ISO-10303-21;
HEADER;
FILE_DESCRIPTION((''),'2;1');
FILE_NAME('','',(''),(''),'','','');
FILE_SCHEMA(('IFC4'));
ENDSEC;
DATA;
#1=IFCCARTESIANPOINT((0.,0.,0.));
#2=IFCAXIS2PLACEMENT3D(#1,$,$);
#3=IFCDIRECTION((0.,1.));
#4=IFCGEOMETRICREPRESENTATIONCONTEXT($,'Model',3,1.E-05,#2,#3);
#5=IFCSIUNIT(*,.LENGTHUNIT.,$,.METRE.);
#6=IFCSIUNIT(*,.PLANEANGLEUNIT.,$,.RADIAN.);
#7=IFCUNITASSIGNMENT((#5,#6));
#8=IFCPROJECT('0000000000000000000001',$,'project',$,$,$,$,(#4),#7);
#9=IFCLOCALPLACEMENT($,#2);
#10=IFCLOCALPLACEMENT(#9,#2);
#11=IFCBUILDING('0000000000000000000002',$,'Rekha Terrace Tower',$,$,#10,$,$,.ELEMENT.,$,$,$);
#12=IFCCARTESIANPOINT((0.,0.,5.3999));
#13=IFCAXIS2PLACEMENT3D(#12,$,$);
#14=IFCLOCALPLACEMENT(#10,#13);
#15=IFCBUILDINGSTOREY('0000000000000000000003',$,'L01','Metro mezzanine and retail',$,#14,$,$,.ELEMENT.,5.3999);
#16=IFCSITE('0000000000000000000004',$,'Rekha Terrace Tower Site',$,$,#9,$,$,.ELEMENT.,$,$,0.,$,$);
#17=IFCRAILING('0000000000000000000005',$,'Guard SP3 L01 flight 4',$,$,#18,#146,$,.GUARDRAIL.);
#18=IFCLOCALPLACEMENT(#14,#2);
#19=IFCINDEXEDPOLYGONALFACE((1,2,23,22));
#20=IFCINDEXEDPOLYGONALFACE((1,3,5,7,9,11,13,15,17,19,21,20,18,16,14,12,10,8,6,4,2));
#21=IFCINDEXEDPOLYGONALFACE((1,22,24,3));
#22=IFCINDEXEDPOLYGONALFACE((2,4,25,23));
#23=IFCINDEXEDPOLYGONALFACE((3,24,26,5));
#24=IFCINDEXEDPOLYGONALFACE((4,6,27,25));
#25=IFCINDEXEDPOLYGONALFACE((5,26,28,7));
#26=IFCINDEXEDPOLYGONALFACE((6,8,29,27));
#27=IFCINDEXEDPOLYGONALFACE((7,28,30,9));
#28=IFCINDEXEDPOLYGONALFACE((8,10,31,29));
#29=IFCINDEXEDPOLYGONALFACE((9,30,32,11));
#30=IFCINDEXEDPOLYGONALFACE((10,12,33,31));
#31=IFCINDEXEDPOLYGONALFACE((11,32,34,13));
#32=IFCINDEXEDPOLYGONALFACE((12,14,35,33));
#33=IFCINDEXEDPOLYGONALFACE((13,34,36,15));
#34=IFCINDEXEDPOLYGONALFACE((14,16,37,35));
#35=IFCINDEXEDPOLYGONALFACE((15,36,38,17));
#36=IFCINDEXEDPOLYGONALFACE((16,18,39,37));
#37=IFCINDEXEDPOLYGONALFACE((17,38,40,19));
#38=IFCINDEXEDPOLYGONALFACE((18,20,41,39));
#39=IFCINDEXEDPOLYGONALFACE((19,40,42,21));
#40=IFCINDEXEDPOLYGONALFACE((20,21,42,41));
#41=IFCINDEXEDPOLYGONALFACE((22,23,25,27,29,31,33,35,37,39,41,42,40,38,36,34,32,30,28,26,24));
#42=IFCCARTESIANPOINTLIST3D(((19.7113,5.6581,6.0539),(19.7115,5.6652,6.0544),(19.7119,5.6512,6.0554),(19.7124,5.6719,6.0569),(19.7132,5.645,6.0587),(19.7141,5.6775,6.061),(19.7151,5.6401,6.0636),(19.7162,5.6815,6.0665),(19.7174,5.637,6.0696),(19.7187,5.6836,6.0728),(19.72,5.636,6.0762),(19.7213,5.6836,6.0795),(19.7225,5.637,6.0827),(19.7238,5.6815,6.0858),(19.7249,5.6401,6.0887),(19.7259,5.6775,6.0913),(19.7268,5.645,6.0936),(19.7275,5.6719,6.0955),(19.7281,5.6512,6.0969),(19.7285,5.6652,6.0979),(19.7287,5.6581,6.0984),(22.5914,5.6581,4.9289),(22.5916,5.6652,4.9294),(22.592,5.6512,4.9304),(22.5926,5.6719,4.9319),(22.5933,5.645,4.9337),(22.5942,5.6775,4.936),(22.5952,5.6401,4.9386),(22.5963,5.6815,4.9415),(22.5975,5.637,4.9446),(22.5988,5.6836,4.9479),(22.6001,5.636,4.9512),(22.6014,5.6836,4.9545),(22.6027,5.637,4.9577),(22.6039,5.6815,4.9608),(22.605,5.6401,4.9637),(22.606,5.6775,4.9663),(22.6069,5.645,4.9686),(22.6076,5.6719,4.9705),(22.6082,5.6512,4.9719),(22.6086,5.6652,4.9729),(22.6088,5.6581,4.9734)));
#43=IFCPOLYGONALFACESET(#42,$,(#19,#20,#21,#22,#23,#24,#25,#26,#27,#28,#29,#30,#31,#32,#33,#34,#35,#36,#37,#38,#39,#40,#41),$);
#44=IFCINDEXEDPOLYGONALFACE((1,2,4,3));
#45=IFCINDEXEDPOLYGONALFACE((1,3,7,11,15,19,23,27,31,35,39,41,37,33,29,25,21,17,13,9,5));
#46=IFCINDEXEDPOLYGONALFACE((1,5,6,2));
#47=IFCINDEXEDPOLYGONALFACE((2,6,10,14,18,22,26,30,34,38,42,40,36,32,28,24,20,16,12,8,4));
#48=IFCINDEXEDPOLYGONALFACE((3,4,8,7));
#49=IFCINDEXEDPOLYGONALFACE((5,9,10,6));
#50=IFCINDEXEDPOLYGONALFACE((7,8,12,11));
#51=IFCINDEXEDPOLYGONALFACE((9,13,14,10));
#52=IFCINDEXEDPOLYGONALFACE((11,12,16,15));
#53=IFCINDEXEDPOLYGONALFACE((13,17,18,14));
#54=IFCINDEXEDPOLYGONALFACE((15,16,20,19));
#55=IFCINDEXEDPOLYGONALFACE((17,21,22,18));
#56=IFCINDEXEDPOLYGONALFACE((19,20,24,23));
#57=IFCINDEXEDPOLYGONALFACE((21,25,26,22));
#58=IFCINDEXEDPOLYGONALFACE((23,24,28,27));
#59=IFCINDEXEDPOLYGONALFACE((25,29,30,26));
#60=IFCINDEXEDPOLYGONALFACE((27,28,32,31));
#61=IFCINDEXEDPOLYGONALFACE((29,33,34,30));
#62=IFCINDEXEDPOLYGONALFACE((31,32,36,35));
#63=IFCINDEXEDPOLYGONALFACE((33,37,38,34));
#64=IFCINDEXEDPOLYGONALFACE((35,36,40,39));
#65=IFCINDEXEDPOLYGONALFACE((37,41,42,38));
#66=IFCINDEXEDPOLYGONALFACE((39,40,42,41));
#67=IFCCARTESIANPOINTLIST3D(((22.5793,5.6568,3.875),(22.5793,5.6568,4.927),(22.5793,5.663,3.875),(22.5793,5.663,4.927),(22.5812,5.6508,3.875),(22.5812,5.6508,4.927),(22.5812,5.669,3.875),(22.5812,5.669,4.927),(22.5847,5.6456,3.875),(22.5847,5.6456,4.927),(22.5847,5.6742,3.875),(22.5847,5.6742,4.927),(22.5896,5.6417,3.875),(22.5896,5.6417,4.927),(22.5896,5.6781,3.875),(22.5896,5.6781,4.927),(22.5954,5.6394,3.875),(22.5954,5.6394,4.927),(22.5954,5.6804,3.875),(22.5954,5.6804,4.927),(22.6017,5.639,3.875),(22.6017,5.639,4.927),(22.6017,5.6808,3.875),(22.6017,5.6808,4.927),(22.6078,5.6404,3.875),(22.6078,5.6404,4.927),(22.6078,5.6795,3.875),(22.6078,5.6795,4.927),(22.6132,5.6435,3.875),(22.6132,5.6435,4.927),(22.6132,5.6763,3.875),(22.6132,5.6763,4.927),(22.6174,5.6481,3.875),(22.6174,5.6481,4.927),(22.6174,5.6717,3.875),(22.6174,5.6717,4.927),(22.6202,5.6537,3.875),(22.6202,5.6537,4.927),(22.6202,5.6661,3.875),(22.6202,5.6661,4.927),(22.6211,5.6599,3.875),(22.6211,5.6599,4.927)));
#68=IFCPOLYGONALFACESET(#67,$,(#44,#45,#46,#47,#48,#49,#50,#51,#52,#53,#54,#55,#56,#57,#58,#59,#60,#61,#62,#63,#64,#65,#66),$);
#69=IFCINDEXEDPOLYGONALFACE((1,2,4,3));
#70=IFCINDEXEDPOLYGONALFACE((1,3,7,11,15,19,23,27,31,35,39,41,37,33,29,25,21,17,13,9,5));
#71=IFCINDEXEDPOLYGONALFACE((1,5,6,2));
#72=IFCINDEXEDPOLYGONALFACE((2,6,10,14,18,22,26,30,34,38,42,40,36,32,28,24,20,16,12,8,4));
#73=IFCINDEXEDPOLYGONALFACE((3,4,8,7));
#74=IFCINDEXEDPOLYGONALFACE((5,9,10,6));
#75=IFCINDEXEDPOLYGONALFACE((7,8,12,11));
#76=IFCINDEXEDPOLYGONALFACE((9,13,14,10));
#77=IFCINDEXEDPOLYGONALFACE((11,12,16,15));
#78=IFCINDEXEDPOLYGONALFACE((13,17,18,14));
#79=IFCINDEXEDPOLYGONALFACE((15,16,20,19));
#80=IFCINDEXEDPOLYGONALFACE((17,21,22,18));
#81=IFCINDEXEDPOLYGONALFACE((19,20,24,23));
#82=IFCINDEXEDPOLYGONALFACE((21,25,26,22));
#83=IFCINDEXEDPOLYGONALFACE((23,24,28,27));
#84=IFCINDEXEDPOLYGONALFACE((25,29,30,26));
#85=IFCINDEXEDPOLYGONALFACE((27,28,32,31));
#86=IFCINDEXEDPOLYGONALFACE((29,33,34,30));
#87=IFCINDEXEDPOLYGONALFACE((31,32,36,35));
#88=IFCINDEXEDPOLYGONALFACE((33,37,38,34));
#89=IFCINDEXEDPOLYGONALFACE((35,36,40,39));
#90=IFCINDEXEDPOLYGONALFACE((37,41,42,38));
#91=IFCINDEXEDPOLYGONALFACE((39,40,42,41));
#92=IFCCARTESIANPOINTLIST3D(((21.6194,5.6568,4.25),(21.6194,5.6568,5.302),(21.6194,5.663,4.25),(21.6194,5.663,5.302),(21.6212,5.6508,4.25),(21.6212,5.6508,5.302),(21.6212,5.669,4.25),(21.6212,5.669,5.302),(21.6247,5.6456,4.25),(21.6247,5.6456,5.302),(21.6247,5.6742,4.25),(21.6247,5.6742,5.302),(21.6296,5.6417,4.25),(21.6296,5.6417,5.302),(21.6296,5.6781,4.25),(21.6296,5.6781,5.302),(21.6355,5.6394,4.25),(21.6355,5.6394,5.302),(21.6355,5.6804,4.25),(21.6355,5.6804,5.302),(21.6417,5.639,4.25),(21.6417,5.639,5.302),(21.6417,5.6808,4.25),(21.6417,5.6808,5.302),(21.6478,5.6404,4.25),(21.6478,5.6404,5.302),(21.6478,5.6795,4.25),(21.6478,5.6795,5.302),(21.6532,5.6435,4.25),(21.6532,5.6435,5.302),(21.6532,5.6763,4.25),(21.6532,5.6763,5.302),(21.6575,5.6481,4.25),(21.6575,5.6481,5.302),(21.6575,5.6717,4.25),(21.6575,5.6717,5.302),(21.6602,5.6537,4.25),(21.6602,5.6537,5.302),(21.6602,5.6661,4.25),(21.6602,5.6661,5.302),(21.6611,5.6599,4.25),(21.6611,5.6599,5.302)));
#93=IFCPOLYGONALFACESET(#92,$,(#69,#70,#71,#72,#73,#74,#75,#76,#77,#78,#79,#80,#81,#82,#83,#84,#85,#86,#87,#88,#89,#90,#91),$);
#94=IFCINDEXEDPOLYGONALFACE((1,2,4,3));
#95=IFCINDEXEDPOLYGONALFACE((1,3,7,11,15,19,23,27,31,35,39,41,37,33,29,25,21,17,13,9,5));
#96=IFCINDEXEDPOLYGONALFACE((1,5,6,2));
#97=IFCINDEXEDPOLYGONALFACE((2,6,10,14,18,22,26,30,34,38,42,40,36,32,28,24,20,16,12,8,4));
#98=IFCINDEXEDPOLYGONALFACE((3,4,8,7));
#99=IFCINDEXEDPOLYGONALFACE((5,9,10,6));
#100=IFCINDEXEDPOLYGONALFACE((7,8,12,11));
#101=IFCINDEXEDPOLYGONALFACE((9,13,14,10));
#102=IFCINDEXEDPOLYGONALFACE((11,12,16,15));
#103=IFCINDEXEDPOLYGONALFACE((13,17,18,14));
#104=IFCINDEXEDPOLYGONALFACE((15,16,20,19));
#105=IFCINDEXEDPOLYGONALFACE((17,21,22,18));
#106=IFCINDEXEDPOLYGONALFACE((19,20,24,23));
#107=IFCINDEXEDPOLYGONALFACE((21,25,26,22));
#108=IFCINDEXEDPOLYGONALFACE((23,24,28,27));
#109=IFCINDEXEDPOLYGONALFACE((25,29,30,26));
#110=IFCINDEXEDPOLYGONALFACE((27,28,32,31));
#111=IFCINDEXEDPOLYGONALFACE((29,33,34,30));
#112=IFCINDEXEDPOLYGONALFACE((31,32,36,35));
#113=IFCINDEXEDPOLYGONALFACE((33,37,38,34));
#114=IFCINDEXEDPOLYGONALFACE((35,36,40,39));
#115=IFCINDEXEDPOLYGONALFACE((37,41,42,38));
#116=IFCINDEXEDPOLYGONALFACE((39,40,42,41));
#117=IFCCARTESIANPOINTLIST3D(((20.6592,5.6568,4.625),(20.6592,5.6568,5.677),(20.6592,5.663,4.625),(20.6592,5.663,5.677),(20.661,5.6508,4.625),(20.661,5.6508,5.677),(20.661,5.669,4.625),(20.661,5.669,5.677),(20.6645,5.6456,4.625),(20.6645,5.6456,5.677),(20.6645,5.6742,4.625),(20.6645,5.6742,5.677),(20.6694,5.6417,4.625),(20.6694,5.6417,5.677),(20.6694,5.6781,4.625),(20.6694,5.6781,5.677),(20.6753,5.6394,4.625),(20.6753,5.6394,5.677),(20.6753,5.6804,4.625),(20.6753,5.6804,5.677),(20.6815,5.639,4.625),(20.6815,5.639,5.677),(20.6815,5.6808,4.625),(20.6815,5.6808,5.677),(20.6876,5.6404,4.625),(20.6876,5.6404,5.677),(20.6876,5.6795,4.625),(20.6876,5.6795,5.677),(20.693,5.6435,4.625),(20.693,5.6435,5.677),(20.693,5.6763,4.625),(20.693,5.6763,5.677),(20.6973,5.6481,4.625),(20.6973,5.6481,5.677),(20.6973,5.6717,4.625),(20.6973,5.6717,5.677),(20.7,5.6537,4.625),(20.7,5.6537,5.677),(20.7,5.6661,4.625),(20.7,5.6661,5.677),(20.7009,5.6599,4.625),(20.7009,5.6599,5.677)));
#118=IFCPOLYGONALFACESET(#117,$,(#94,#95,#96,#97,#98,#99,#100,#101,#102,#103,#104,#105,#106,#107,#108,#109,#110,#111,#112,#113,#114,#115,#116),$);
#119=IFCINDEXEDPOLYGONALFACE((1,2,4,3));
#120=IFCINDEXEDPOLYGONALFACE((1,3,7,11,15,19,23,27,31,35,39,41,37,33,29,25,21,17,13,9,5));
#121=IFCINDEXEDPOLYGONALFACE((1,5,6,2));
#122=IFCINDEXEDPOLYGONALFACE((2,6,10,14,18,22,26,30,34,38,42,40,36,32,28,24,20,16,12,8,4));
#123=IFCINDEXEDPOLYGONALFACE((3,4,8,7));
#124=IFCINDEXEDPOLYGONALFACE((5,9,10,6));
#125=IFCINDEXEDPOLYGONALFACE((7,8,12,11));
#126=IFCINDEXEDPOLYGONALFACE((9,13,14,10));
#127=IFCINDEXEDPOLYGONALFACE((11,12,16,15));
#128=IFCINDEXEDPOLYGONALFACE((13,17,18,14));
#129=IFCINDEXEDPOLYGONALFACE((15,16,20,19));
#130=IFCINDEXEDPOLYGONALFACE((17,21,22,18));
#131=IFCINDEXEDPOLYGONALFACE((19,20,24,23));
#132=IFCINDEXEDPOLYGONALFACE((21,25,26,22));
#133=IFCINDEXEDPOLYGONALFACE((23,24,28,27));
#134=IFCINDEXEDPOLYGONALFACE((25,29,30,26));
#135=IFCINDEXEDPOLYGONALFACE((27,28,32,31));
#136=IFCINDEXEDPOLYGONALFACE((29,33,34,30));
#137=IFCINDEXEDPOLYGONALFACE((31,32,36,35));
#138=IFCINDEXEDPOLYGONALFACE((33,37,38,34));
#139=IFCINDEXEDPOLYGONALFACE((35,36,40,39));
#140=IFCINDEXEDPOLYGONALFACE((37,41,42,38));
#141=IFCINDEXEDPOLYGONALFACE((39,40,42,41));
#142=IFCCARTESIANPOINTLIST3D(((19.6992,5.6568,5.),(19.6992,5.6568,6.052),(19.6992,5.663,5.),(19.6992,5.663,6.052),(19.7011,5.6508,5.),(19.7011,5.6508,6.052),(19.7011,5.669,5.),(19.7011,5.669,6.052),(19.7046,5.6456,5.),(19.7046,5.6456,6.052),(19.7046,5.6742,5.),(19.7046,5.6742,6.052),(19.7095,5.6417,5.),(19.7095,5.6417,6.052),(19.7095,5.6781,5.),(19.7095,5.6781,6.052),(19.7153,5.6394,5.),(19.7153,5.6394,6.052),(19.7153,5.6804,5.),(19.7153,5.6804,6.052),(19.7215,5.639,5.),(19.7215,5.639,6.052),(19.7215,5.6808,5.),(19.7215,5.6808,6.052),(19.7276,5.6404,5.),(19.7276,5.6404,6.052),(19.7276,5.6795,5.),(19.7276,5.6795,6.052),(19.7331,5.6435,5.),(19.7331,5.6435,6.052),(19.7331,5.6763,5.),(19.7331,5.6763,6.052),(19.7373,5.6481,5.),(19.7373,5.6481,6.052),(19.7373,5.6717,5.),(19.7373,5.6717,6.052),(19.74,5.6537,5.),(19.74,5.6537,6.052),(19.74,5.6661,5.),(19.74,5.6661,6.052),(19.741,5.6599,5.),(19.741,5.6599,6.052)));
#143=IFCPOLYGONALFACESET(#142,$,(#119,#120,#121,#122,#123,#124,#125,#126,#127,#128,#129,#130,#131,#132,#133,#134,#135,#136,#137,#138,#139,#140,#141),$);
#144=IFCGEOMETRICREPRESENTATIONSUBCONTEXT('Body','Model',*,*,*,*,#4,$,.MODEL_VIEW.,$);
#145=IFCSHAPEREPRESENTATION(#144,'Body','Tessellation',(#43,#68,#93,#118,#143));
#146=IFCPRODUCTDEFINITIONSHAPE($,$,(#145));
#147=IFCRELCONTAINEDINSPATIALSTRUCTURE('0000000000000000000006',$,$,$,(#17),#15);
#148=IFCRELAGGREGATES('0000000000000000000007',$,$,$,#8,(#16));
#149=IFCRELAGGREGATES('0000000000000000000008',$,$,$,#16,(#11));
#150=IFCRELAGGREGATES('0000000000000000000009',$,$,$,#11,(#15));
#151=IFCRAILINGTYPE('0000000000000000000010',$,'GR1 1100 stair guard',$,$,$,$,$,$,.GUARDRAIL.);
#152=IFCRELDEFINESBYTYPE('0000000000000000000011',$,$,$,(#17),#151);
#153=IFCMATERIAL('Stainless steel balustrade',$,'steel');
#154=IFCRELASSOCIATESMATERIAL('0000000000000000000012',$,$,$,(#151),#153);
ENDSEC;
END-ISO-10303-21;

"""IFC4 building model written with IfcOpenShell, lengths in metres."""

from ifc_helpers import new_model, si_unit, direction, frame, origin, origin_2d, place, context, subcontext, project, spatial, circle, extrude, material, type_object, element, save


model = new_model("IFC4")

# Units and contexts
model_context = context("Model", 3, precision=1e-05, world=origin(), true_north=direction((0.0, 1.0)))
body_context = subcontext(model_context, "Body", "Model", "MODEL_VIEW")
ifc_project = project(units=[si_unit("LENGTHUNIT", "METRE"), si_unit("PLANEANGLEUNIT", "RADIAN")], contexts=[model_context])

# Site, building, storey
site_placement = place(None, origin())
site = spatial("IfcSite", under=ifc_project, at=site_placement, Name="Rekha Terrace Tower Site", CompositionType="ELEMENT", RefElevation=0.0)
building_placement = place(site_placement, origin())
building = spatial("IfcBuilding", under=site, at=building_placement, Name="Rekha Terrace Tower", CompositionType="ELEMENT")
storey_placement = place(building_placement, frame((0.0, 0.0, 5.3999)))
storey = spatial("IfcBuildingStorey", under=building, at=storey_placement, Name="L01", Description="Metro mezzanine and retail", CompositionType="ELEMENT", Elevation=5.3999)

# Railing
ifc_material_1 = material(Name="Stainless steel balustrade", Category="steel")
railing_type_1 = type_object("IfcRailingType", Name="GR1 1100 stair guard", PredefinedType="GUARDRAIL", material=ifc_material_1)
railing_1_placement = place(storey_placement, frame((22.6001, 5.6599, 3.875)))
element("IfcRailing", 1, at=railing_1_placement, inside=storey, type_object=railing_type_1, Name="Guard SP3 L01 flight 4", PredefinedType="GUARDRAIL", context=body_context, shape_type="SweptSolid", body=[
    extrude(circle(Radius=0.0239, at=origin_2d()), frame((0.0, 0.0, 1.0762), z_axis=(-0.931463, 0.0, 0.363837), x_axis=(0.0, -1.0, 0.0)), (0.0, 0.0, 1.0), 3.092),
    extrude(circle(Radius=0.021, at=origin_2d()), origin(), (0.0, 0.0, 1.0), 1.052),
    extrude(circle(Radius=0.021, at=origin_2d()), frame((-0.96, 0.0, 0.375)), (0.0, 0.0, 1.0), 1.052),
    extrude(circle(Radius=0.021, at=origin_2d()), frame((-1.9202, 0.0, 0.75)), (0.0, 0.0, 1.0), 1.052),
    extrude(circle(Radius=0.021, at=origin_2d()), frame((-2.8801, 0.0, 1.125)), (0.0, 0.0, 1.0), 1.052),
])

save(model, "model.ifc")
